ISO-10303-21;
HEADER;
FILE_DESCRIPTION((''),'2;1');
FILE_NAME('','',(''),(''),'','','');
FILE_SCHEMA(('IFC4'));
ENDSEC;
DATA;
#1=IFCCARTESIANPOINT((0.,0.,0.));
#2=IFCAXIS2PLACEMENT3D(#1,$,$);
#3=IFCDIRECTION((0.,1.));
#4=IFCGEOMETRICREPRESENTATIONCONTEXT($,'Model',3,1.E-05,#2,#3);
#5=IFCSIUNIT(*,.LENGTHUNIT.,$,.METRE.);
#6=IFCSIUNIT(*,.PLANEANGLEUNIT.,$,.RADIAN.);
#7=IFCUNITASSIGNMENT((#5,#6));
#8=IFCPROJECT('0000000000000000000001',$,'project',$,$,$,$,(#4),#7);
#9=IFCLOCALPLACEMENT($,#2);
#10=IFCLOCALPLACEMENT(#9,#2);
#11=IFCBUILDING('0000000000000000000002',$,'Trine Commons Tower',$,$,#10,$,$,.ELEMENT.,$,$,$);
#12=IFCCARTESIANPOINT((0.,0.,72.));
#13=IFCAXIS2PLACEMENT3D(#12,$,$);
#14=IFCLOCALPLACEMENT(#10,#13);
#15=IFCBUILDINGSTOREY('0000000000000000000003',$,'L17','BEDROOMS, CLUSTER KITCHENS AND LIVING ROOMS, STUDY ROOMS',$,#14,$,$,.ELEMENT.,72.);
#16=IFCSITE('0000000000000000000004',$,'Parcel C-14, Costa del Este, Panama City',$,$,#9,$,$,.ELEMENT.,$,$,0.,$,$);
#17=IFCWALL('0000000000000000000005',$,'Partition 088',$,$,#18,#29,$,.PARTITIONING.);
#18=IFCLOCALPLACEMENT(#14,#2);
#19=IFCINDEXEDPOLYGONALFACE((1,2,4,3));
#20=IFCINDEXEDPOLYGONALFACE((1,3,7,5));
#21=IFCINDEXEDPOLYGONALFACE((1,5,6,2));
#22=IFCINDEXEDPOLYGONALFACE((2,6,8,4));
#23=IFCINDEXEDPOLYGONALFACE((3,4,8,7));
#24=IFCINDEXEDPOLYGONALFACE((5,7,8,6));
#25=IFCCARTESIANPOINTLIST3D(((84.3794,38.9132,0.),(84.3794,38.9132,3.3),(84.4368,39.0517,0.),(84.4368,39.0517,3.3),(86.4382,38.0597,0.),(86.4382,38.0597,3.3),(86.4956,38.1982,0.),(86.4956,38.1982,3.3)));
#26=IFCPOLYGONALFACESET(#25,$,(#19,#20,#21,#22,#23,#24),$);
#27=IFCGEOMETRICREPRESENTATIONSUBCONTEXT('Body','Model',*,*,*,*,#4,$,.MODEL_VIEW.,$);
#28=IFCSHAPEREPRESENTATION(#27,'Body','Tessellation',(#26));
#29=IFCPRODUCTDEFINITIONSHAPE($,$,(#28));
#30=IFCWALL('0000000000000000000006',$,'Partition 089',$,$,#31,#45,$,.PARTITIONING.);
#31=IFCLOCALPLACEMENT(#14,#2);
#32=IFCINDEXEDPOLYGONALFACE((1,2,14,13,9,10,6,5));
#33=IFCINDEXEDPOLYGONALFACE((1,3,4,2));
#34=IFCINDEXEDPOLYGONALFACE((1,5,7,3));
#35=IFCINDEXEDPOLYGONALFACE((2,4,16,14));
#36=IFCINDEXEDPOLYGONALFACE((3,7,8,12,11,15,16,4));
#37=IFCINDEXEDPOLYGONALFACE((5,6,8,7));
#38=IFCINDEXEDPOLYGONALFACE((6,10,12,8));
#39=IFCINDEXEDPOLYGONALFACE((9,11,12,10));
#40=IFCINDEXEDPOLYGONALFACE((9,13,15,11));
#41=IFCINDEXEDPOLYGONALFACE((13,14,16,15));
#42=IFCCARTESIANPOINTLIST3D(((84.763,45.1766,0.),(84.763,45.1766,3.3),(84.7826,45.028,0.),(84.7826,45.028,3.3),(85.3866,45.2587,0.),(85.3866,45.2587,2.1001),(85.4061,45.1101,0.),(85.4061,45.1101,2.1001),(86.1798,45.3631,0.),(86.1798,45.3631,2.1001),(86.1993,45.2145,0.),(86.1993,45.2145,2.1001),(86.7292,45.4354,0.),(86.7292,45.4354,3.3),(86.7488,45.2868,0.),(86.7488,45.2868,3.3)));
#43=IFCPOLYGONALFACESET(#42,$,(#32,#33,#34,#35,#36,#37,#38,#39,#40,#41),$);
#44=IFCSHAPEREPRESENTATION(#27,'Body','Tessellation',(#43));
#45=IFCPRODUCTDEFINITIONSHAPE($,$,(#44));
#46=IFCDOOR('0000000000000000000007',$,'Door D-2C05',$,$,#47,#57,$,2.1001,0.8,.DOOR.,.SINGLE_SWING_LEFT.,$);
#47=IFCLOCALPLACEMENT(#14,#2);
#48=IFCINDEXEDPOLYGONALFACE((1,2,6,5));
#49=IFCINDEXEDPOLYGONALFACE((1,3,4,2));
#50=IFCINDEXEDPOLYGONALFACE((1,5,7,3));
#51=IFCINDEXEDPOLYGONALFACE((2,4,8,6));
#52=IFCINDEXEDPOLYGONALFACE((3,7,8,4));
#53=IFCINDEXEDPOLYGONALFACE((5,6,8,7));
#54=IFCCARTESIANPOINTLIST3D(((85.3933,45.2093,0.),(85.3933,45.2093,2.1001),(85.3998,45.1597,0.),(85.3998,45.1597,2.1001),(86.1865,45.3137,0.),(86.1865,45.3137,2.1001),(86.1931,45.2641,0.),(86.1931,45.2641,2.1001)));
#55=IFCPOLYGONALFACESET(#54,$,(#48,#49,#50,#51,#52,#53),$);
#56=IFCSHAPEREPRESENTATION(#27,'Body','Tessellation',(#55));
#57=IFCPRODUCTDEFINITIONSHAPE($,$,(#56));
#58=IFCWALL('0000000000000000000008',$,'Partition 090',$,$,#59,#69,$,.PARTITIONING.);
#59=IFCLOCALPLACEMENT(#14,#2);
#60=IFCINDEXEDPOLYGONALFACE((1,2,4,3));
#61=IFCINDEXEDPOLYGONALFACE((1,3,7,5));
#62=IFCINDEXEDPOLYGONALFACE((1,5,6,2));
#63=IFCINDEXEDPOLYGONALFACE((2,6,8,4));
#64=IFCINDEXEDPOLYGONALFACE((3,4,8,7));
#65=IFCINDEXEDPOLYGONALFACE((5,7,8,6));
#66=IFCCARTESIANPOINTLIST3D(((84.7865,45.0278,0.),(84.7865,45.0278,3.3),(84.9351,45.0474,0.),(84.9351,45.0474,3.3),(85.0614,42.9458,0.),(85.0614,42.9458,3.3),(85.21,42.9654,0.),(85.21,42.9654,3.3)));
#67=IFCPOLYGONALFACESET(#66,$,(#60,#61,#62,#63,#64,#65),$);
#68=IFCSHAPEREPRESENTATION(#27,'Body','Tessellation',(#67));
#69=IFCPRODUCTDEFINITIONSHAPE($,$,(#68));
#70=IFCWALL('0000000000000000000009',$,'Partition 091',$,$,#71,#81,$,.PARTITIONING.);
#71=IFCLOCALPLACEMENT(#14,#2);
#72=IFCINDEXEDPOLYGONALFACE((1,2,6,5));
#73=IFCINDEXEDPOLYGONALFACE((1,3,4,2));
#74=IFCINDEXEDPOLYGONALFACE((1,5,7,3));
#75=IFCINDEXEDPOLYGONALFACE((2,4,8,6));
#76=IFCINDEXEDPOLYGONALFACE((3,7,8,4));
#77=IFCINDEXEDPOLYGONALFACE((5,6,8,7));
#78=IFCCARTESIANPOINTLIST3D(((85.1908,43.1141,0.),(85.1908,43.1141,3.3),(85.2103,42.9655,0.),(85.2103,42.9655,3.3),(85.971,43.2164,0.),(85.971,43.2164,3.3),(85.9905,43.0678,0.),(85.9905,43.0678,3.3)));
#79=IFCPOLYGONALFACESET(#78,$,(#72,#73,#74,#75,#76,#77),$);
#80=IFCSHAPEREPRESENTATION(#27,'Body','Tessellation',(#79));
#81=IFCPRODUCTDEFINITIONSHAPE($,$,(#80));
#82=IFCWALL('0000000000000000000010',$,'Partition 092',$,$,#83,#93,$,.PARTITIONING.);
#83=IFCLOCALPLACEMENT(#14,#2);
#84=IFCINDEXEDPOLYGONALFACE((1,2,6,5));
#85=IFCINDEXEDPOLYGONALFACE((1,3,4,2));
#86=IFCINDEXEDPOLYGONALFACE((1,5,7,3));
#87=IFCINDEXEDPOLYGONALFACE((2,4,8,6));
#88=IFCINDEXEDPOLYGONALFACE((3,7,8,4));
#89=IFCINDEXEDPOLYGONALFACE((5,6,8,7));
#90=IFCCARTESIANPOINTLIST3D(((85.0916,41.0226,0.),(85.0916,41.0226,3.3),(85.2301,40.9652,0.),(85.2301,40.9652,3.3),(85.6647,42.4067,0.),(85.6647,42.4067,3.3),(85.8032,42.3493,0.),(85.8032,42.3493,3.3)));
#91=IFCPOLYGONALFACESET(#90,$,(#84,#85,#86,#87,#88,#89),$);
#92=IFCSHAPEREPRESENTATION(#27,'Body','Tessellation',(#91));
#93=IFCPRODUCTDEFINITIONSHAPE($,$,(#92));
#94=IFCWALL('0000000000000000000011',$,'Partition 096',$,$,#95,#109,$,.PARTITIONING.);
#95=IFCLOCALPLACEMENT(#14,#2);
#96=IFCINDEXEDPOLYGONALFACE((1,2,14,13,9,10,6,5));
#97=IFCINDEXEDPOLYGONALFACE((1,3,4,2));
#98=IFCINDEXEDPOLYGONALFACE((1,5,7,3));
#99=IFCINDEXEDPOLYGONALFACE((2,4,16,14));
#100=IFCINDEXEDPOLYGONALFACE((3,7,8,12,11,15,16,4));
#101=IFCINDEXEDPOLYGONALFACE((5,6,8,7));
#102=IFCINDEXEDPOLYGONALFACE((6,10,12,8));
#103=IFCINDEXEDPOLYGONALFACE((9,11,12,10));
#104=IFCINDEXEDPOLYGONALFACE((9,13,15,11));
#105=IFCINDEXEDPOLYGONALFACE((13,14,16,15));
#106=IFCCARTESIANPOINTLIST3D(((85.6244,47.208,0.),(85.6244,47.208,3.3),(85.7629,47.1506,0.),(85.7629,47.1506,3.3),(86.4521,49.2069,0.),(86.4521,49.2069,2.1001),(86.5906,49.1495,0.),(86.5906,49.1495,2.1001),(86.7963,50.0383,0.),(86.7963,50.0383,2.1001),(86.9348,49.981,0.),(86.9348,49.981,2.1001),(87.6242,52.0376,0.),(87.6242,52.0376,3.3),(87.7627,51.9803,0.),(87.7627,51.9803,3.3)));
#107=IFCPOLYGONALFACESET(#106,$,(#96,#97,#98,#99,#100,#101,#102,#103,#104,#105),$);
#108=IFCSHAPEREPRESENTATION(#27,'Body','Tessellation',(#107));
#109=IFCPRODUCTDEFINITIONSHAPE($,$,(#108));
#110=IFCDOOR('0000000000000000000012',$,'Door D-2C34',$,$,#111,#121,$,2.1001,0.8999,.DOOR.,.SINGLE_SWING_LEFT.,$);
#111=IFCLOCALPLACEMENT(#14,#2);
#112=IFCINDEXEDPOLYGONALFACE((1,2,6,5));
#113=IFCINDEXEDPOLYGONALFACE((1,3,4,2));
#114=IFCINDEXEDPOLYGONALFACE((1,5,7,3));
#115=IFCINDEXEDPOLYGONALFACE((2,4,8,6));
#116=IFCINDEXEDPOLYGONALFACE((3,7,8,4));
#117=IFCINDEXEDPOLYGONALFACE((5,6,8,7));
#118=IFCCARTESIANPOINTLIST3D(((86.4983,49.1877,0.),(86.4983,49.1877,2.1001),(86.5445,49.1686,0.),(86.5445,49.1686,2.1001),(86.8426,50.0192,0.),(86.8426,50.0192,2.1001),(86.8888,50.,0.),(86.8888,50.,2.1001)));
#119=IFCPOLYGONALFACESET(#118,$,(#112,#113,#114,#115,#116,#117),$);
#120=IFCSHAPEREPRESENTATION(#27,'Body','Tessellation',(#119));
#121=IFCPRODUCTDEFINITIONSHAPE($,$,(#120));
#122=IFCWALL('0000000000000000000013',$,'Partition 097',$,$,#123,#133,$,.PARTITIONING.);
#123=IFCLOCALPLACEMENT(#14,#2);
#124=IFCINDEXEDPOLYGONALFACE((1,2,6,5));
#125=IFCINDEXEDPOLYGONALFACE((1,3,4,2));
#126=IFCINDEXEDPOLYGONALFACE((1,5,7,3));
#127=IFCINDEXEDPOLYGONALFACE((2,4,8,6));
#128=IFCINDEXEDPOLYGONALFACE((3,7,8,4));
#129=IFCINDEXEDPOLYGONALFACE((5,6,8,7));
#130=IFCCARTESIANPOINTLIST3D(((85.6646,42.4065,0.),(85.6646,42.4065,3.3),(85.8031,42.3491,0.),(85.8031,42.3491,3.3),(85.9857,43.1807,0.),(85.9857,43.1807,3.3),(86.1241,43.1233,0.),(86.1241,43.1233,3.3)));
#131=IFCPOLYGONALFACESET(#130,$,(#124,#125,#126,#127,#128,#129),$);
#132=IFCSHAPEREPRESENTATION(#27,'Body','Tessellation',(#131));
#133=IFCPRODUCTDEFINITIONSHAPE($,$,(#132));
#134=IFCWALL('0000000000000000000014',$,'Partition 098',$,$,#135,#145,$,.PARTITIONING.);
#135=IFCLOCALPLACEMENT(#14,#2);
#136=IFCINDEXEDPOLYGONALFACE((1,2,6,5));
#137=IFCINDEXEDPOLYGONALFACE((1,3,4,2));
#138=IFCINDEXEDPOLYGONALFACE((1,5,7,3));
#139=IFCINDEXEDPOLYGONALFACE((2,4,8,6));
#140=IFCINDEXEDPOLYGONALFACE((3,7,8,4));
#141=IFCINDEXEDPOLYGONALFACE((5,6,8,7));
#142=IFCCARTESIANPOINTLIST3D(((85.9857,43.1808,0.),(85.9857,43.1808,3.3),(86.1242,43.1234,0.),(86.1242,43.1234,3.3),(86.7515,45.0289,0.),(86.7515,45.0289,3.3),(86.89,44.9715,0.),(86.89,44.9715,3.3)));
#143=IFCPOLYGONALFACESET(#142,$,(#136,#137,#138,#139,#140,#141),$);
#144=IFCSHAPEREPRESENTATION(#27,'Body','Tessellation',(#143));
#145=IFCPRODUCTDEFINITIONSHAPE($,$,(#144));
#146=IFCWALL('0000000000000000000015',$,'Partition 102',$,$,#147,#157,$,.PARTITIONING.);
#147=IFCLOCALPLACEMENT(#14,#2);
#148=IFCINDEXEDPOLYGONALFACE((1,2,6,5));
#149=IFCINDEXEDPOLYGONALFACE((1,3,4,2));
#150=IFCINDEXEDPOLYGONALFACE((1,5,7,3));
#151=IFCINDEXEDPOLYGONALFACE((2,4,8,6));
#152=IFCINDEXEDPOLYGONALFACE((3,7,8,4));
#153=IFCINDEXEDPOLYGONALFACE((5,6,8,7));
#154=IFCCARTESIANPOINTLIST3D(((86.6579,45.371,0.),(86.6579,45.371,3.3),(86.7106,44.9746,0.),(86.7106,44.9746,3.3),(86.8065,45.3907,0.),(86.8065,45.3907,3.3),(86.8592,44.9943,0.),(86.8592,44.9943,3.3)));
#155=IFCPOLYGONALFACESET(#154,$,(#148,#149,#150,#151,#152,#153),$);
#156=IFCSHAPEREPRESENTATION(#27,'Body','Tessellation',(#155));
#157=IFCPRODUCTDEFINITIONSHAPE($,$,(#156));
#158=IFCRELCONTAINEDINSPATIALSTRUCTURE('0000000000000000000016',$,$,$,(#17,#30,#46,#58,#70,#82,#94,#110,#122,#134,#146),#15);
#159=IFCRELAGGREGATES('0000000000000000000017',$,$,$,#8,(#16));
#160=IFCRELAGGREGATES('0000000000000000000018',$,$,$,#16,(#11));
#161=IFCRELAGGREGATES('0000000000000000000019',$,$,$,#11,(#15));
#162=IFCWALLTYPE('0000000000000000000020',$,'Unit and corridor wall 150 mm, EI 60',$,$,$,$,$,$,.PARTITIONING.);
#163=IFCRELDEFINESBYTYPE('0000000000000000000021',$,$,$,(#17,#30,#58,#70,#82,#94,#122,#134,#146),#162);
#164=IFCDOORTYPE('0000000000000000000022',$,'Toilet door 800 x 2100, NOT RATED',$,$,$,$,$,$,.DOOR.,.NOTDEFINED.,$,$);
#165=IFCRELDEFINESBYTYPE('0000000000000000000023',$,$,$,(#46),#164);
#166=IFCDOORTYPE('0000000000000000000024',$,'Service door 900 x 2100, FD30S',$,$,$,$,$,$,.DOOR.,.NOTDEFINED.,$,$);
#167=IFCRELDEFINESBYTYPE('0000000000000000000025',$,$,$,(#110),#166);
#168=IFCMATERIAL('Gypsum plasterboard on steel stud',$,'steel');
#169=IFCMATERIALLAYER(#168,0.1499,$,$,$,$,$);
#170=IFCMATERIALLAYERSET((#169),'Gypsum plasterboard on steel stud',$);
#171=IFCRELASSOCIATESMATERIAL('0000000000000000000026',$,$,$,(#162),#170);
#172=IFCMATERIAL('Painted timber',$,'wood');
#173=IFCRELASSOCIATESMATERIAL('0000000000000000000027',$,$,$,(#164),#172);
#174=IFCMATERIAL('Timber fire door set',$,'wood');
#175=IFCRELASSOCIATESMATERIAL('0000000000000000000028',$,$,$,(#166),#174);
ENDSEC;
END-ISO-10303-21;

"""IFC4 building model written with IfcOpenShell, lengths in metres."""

from ifc_helpers import new_model, si_unit, direction, frame, frame_2d, origin, place, context, subcontext, project, spatial, rectangle, extrude, material, layer, layer_set, type_object, element, fill, save


model = new_model("IFC4")

# Units and contexts
model_context = context("Model", 3, precision=1e-05, world=origin(), true_north=direction((0.0, 1.0)))
body_context = subcontext(model_context, "Body", "Model", "MODEL_VIEW")
ifc_project = project(units=[si_unit("LENGTHUNIT", "METRE"), si_unit("PLANEANGLEUNIT", "RADIAN")], contexts=[model_context])

# Site, building, storey
site_placement = place(None, origin())
site = spatial("IfcSite", under=ifc_project, at=site_placement, Name="Parcel C-14, Costa del Este, Panama City", CompositionType="ELEMENT", RefElevation=0.0)
building_placement = place(site_placement, origin())
building = spatial("IfcBuilding", under=site, at=building_placement, Name="Trine Commons Tower", CompositionType="ELEMENT")
storey_placement = place(building_placement, frame((0.0, 0.0, 72.0)))
storey = spatial("IfcBuildingStorey", under=building, at=storey_placement, Name="L17", Description="BEDROOMS, CLUSTER KITCHENS AND LIVING ROOMS, STUDY ROOMS", CompositionType="ELEMENT", Elevation=72.0)

# Shared definitions
ifc_material_1 = material(Name="Gypsum plasterboard on steel stud", Category="steel")
ifc_layer_1 = layer(ifc_material_1, 0.1499)
ifc_layer_set_1 = layer_set([ifc_layer_1], Name="Gypsum plasterboard on steel stud")
wall_type_1 = type_object("IfcWallType", Name="Unit and corridor wall 150 mm, EI 60", PredefinedType="PARTITIONING", material=ifc_layer_set_1)
ifc_material_2 = material(Name="Timber fire door set", Category="wood")

# Wall
wall_1_placement = place(storey_placement, frame((84.4082, 38.9824, 0.0), z_axis=(0.0, 0.0, 1.0), x_axis=(0.923766, -0.382958, 0.0)))
element("IfcWall", 1, at=wall_1_placement, inside=storey, type_object=wall_type_1, Name="Partition 088", PredefinedType="PARTITIONING", context=body_context, shape_type="SweptSolid", body=[
    extrude(rectangle(XDim=2.2288, YDim=0.1499, at=frame_2d((1.1143, 0.0))), origin(), (0.0, 0.0, 1.0), 3.3),
])

# Wall, opening, door
wall_2_placement = place(storey_placement, frame((84.7727, 45.1023, 0.0), z_axis=(0.0, 0.0, 1.0), x_axis=(0.99145, 0.130486, 0.0)))
wall_2 = element("IfcWall", 2, at=wall_2_placement, inside=storey, type_object=wall_type_1, Name="Partition 089", PredefinedType="PARTITIONING", context=body_context, shape_type="SweptSolid", body=[
    extrude(rectangle(XDim=1.9832, YDim=0.1499, at=frame_2d((0.9917, 0.0))), origin(), (0.0, 0.0, 1.0), 3.3),
])
opening_1_placement = place(wall_2_placement, frame((0.6292, 0.0, 0.0)))
opening_1 = element("IfcOpeningElement", 3, at=opening_1_placement, cuts=wall_2, PredefinedType="OPENING", context=body_context, shape_type="SweptSolid", body=[
    extrude(rectangle(XDim=0.8, YDim=2.1001, at=frame_2d((0.3999, 1.05))), frame((0.0, 0.085, 0.0), z_axis=(0.0, -1.0, 0.0), x_axis=(1.0, 0.0, 0.0)), (0.0, 0.0, 1.0), 0.1699),
])
ifc_material_3 = material(Name="Painted timber", Category="wood")
door_type_1 = type_object("IfcDoorType", Name="Toilet door 800 x 2100, NOT RATED", OperationType="NOTDEFINED", PredefinedType="DOOR", material=ifc_material_3)
door_1_placement = place(opening_1_placement, frame((0.8, 0.0, 0.0), z_axis=(0.0, 0.0, 1.0), x_axis=(-1.0, 0.0, 0.0)))
door_1 = element("IfcDoor", 4, at=door_1_placement, inside=storey, type_object=door_type_1, Name="Door D-2C05", OperationType="SINGLE_SWING_LEFT", OverallHeight=2.1001, OverallWidth=0.8, PredefinedType="DOOR", context=body_context, shape_type="SweptSolid", body=[
    extrude(rectangle(XDim=0.8, YDim=2.1001, at=frame_2d((0.3999, 1.05))), frame((0.0, 0.0249, 0.0), z_axis=(0.0, -1.0, 0.0), x_axis=(1.0, 0.0, 0.0)), (0.0, 0.0, 1.0), 0.05),
])
fill(opening_1, door_1)

# Walls
wall_3_placement = place(storey_placement, frame((84.8608, 45.0376, 0.0), z_axis=(0.0, 0.0, 1.0), x_axis=(0.1309, -0.991396, 0.0)))
element("IfcWall", 5, at=wall_3_placement, inside=storey, type_object=wall_type_1, Name="Partition 090", PredefinedType="PARTITIONING", context=body_context, shape_type="SweptSolid", body=[
    extrude(rectangle(XDim=2.1001, YDim=0.1499, at=frame_2d((1.05, 0.0))), origin(), (0.0, 0.0, 1.0), 3.3),
])
wall_4_placement = place(storey_placement, frame((85.2004, 43.0398, 0.0), z_axis=(0.0, 0.0, 1.0), x_axis=(0.991515, 0.129989, 0.0)))
element("IfcWall", 6, at=wall_4_placement, inside=storey, type_object=wall_type_1, Name="Partition 091", PredefinedType="PARTITIONING", context=body_context, shape_type="SweptSolid", body=[
    extrude(rectangle(XDim=0.7869, YDim=0.1499, at=frame_2d((0.3936, 0.0))), origin(), (0.0, 0.0, 1.0), 3.3),
])
wall_5_placement = place(storey_placement, frame((85.1609, 40.9939, 0.0), z_axis=(0.0, 0.0, 1.0), x_axis=(0.38252, 0.923947, 0.0)))
element("IfcWall", 7, at=wall_5_placement, inside=storey, type_object=wall_type_1, Name="Partition 092", PredefinedType="PARTITIONING", context=body_context, shape_type="SweptSolid", body=[
    extrude(rectangle(XDim=1.498, YDim=0.1499, at=frame_2d((0.749, 0.0))), origin(), (0.0, 0.0, 1.0), 3.3),
])

# Wall, opening, door
wall_6_placement = place(storey_placement, frame((85.6936, 47.1792, 0.0), z_axis=(0.0, 0.0, 1.0), x_axis=(0.382565, 0.923929, 0.0)))
wall_6 = element("IfcWall", 8, at=wall_6_placement, inside=storey, type_object=wall_type_1, Name="Partition 096", PredefinedType="PARTITIONING", context=body_context, shape_type="SweptSolid", body=[
    extrude(rectangle(XDim=5.2273, YDim=0.1499, at=frame_2d((2.6138, 0.0))), origin(), (0.0, 0.0, 1.0), 3.3),
])
opening_2_placement = place(wall_6_placement, frame((2.1636, 0.0, 0.0)))
opening_2 = element("IfcOpeningElement", 9, at=opening_2_placement, cuts=wall_6, PredefinedType="OPENING", context=body_context, shape_type="SweptSolid", body=[
    extrude(rectangle(XDim=0.8999, YDim=2.1001, at=frame_2d((0.45, 1.05))), frame((0.0, 0.085, 0.0), z_axis=(0.0, -1.0, 0.0), x_axis=(1.0, 0.0, 0.0)), (0.0, 0.0, 1.0), 0.1699),
])
door_type_2 = type_object("IfcDoorType", Name="Service door 900 x 2100, FD30S", OperationType="NOTDEFINED", PredefinedType="DOOR", material=ifc_material_2)
door_2_placement = place(opening_2_placement, origin())
door_2 = element("IfcDoor", 10, at=door_2_placement, inside=storey, type_object=door_type_2, Name="Door D-2C34", OperationType="SINGLE_SWING_LEFT", OverallHeight=2.1001, OverallWidth=0.8999, PredefinedType="DOOR", context=body_context, shape_type="SweptSolid", body=[
    extrude(rectangle(XDim=0.8999, YDim=2.1001, at=frame_2d((0.45, 1.05))), frame((0.0, 0.0249, 0.0), z_axis=(0.0, -1.0, 0.0), x_axis=(1.0, 0.0, 0.0)), (0.0, 0.0, 1.0), 0.05),
])
fill(opening_2, door_2)

# Walls
wall_7_placement = place(storey_placement, frame((85.7339, 42.3779, 0.0), z_axis=(0.0, 0.0, 1.0), x_axis=(0.383064, 0.923722, 0.0)))
element("IfcWall", 11, at=wall_7_placement, inside=storey, type_object=wall_type_1, Name="Partition 097", PredefinedType="PARTITIONING", context=body_context, shape_type="SweptSolid", body=[
    extrude(rectangle(XDim=0.8381, YDim=0.1499, at=frame_2d((0.4189, 0.0))), origin(), (0.0, 0.0, 1.0), 3.3),
])
wall_8_placement = place(storey_placement, frame((86.0549, 43.1521, 0.0), z_axis=(0.0, 0.0, 1.0), x_axis=(0.38283, 0.923819, 0.0)))
element("IfcWall", 12, at=wall_8_placement, inside=storey, type_object=wall_type_1, Name="Partition 098", PredefinedType="PARTITIONING", context=body_context, shape_type="SweptSolid", body=[
    extrude(rectangle(XDim=2.0005, YDim=0.1499, at=frame_2d((1.0002, 0.0))), origin(), (0.0, 0.0, 1.0), 3.3),
])
wall_9_placement = place(storey_placement, frame((86.7322, 45.3809, 0.0), z_axis=(0.0, 0.0, 1.0), x_axis=(0.131844, -0.99127, 0.0)))
element("IfcWall", 13, at=wall_9_placement, inside=storey, type_object=wall_type_1, Name="Partition 102", PredefinedType="PARTITIONING", context=body_context, shape_type="SweptSolid", body=[
    extrude(rectangle(XDim=0.3999, YDim=0.1499, at=frame_2d((0.2, 0.0))), origin(), (0.0, 0.0, 1.0), 3.3),
])

save(model, "model.ifc")
